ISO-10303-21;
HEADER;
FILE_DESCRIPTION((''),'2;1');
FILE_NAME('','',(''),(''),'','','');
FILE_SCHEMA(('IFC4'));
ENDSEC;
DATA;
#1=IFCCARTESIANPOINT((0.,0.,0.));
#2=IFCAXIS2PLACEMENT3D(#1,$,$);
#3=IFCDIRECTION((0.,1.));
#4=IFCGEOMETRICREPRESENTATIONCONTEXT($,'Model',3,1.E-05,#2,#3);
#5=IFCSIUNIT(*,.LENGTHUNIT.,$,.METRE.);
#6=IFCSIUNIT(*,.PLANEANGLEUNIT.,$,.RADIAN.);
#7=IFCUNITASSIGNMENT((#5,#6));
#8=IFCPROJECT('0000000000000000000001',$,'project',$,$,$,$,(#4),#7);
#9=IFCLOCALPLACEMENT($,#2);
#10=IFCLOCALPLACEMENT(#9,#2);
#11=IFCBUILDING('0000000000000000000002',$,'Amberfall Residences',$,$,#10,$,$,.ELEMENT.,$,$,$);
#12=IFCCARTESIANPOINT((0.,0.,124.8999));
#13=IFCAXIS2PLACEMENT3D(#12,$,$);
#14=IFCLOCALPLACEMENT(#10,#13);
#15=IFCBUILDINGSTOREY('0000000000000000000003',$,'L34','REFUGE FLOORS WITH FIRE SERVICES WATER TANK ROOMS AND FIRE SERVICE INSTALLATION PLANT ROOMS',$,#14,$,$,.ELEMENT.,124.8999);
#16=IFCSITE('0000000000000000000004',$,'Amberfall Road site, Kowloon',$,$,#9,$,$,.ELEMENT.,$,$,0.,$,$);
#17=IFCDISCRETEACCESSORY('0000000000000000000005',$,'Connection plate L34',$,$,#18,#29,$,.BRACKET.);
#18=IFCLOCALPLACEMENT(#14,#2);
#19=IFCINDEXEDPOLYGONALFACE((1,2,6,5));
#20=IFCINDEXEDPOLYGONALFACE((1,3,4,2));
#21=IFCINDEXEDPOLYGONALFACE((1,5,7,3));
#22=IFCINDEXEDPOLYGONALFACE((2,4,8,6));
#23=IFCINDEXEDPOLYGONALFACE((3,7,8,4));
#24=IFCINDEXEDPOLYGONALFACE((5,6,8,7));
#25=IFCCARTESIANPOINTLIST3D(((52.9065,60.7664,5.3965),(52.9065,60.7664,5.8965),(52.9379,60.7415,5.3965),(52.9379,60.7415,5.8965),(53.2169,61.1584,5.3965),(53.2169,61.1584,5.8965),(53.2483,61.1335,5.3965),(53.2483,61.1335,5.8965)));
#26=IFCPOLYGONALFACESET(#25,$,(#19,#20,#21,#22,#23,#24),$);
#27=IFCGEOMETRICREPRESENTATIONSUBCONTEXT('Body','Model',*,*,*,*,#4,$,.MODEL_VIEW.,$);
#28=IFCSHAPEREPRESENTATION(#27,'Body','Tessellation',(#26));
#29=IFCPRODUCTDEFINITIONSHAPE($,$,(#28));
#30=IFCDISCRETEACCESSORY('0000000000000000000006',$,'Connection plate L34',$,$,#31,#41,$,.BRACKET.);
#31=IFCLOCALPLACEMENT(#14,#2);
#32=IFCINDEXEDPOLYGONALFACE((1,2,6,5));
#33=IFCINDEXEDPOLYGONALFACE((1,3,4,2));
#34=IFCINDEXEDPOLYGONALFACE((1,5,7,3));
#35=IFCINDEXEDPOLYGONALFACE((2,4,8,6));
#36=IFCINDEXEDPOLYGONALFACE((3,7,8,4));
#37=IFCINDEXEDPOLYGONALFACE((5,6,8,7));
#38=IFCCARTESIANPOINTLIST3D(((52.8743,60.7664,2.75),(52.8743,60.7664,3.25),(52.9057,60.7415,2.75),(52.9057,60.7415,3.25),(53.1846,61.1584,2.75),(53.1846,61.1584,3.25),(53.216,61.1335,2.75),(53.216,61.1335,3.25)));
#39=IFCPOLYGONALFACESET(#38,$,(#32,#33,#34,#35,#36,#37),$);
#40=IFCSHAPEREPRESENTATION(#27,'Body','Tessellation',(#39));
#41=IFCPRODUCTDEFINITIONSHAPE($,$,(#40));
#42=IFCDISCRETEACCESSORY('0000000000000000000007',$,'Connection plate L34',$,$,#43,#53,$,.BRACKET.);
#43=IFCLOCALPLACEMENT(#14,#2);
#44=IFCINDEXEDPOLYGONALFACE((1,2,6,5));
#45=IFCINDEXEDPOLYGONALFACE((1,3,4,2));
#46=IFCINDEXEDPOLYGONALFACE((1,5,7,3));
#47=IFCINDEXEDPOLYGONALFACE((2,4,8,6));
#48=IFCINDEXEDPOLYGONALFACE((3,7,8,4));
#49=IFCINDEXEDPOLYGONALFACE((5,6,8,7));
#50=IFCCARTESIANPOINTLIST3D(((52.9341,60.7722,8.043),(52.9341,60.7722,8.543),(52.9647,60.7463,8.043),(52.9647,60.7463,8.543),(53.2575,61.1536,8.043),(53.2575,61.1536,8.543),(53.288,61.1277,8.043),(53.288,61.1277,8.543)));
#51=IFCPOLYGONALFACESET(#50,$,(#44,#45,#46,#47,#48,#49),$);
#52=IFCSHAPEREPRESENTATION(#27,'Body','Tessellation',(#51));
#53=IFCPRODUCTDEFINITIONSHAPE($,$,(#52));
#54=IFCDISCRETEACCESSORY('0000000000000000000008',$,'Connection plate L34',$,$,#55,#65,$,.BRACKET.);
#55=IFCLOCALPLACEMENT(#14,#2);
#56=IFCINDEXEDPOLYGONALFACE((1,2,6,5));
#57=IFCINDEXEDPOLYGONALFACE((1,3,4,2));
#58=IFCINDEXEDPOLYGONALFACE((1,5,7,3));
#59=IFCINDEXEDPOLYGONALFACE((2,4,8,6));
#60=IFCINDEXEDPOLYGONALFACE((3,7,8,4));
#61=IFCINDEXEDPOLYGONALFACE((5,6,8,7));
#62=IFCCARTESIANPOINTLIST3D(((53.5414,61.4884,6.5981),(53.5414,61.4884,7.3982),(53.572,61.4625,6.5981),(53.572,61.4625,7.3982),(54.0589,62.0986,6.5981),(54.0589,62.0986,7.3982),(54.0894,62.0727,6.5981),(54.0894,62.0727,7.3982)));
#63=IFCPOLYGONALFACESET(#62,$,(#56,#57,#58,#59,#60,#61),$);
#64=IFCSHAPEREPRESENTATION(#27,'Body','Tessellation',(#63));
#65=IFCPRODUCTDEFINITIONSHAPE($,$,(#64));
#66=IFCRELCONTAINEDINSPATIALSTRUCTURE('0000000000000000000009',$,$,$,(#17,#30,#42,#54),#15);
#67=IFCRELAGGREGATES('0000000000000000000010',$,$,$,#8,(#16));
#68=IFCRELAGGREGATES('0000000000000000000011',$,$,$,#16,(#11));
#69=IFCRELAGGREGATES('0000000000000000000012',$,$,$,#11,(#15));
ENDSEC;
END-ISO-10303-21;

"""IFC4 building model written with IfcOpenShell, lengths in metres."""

from ifc_helpers import new_model, si_unit, direction, frame, origin, origin_2d, place, context, subcontext, project, spatial, rectangle, extrude, element, save


model = new_model("IFC4")

# Units and contexts
model_context = context("Model", 3, precision=1e-05, world=origin(), true_north=direction((0.0, 1.0)))
body_context = subcontext(model_context, "Body", "Model", "MODEL_VIEW")
ifc_project = project(units=[si_unit("LENGTHUNIT", "METRE"), si_unit("PLANEANGLEUNIT", "RADIAN")], contexts=[model_context])

# Site, building, storey
site_placement = place(None, origin())
site = spatial("IfcSite", under=ifc_project, at=site_placement, Name="Amberfall Road site, Kowloon", CompositionType="ELEMENT", RefElevation=0.0)
building_placement = place(site_placement, origin())
building = spatial("IfcBuilding", under=site, at=building_placement, Name="Amberfall Residences", CompositionType="ELEMENT")
storey_placement = place(building_placement, frame((0.0, 0.0, 124.8999)))
storey = spatial("IfcBuildingStorey", under=building, at=storey_placement, Name="L34", Description="REFUGE FLOORS WITH FIRE SERVICES WATER TANK ROOMS AND FIRE SERVICE INSTALLATION PLANT ROOMS", CompositionType="ELEMENT", Elevation=124.8999)

# Discrete accessories
for number, where, z_axis, x_axis, name in (
    (1, (53.0774, 60.95, 5.3965), (0.0, 0.0, 1.0), (-0.620669, -0.784073, 0.0), "Connection plate L34"),
    (2, (53.0452, 60.95, 2.75), (0.0, 0.0, 1.0), (-0.620669, -0.784073, 0.0), "Connection plate L34"),
    (3, (53.1111, 60.95, 8.043), (0.0, 0.0, 1.0), (-0.646776, -0.76268, 0.0), "Connection plate L34"),
):
    element("IfcDiscreteAccessory", number, at=place(storey_placement, frame(where, z_axis=z_axis, x_axis=x_axis)), inside=storey, Name=name, PredefinedType="BRACKET", context=body_context, shape_type="SweptSolid", body=[
        extrude(rectangle(XDim=0.5, YDim=0.04, at=origin_2d()), origin(), (0.0, 0.0, 1.0), 0.5),
    ])
discrete_accessory_1_placement = place(storey_placement, frame((53.8154, 61.7805, 6.5981), z_axis=(0.0, 0.0, 1.0), x_axis=(-0.646776, -0.76268, 0.0)))
element("IfcDiscreteAccessory", 4, at=discrete_accessory_1_placement, inside=storey, Name="Connection plate L34", PredefinedType="BRACKET", context=body_context, shape_type="SweptSolid", body=[
    extrude(rectangle(XDim=0.8, YDim=0.04, at=origin_2d()), origin(), (0.0, 0.0, 1.0), 0.8),
])

save(model, "model.ifc")
